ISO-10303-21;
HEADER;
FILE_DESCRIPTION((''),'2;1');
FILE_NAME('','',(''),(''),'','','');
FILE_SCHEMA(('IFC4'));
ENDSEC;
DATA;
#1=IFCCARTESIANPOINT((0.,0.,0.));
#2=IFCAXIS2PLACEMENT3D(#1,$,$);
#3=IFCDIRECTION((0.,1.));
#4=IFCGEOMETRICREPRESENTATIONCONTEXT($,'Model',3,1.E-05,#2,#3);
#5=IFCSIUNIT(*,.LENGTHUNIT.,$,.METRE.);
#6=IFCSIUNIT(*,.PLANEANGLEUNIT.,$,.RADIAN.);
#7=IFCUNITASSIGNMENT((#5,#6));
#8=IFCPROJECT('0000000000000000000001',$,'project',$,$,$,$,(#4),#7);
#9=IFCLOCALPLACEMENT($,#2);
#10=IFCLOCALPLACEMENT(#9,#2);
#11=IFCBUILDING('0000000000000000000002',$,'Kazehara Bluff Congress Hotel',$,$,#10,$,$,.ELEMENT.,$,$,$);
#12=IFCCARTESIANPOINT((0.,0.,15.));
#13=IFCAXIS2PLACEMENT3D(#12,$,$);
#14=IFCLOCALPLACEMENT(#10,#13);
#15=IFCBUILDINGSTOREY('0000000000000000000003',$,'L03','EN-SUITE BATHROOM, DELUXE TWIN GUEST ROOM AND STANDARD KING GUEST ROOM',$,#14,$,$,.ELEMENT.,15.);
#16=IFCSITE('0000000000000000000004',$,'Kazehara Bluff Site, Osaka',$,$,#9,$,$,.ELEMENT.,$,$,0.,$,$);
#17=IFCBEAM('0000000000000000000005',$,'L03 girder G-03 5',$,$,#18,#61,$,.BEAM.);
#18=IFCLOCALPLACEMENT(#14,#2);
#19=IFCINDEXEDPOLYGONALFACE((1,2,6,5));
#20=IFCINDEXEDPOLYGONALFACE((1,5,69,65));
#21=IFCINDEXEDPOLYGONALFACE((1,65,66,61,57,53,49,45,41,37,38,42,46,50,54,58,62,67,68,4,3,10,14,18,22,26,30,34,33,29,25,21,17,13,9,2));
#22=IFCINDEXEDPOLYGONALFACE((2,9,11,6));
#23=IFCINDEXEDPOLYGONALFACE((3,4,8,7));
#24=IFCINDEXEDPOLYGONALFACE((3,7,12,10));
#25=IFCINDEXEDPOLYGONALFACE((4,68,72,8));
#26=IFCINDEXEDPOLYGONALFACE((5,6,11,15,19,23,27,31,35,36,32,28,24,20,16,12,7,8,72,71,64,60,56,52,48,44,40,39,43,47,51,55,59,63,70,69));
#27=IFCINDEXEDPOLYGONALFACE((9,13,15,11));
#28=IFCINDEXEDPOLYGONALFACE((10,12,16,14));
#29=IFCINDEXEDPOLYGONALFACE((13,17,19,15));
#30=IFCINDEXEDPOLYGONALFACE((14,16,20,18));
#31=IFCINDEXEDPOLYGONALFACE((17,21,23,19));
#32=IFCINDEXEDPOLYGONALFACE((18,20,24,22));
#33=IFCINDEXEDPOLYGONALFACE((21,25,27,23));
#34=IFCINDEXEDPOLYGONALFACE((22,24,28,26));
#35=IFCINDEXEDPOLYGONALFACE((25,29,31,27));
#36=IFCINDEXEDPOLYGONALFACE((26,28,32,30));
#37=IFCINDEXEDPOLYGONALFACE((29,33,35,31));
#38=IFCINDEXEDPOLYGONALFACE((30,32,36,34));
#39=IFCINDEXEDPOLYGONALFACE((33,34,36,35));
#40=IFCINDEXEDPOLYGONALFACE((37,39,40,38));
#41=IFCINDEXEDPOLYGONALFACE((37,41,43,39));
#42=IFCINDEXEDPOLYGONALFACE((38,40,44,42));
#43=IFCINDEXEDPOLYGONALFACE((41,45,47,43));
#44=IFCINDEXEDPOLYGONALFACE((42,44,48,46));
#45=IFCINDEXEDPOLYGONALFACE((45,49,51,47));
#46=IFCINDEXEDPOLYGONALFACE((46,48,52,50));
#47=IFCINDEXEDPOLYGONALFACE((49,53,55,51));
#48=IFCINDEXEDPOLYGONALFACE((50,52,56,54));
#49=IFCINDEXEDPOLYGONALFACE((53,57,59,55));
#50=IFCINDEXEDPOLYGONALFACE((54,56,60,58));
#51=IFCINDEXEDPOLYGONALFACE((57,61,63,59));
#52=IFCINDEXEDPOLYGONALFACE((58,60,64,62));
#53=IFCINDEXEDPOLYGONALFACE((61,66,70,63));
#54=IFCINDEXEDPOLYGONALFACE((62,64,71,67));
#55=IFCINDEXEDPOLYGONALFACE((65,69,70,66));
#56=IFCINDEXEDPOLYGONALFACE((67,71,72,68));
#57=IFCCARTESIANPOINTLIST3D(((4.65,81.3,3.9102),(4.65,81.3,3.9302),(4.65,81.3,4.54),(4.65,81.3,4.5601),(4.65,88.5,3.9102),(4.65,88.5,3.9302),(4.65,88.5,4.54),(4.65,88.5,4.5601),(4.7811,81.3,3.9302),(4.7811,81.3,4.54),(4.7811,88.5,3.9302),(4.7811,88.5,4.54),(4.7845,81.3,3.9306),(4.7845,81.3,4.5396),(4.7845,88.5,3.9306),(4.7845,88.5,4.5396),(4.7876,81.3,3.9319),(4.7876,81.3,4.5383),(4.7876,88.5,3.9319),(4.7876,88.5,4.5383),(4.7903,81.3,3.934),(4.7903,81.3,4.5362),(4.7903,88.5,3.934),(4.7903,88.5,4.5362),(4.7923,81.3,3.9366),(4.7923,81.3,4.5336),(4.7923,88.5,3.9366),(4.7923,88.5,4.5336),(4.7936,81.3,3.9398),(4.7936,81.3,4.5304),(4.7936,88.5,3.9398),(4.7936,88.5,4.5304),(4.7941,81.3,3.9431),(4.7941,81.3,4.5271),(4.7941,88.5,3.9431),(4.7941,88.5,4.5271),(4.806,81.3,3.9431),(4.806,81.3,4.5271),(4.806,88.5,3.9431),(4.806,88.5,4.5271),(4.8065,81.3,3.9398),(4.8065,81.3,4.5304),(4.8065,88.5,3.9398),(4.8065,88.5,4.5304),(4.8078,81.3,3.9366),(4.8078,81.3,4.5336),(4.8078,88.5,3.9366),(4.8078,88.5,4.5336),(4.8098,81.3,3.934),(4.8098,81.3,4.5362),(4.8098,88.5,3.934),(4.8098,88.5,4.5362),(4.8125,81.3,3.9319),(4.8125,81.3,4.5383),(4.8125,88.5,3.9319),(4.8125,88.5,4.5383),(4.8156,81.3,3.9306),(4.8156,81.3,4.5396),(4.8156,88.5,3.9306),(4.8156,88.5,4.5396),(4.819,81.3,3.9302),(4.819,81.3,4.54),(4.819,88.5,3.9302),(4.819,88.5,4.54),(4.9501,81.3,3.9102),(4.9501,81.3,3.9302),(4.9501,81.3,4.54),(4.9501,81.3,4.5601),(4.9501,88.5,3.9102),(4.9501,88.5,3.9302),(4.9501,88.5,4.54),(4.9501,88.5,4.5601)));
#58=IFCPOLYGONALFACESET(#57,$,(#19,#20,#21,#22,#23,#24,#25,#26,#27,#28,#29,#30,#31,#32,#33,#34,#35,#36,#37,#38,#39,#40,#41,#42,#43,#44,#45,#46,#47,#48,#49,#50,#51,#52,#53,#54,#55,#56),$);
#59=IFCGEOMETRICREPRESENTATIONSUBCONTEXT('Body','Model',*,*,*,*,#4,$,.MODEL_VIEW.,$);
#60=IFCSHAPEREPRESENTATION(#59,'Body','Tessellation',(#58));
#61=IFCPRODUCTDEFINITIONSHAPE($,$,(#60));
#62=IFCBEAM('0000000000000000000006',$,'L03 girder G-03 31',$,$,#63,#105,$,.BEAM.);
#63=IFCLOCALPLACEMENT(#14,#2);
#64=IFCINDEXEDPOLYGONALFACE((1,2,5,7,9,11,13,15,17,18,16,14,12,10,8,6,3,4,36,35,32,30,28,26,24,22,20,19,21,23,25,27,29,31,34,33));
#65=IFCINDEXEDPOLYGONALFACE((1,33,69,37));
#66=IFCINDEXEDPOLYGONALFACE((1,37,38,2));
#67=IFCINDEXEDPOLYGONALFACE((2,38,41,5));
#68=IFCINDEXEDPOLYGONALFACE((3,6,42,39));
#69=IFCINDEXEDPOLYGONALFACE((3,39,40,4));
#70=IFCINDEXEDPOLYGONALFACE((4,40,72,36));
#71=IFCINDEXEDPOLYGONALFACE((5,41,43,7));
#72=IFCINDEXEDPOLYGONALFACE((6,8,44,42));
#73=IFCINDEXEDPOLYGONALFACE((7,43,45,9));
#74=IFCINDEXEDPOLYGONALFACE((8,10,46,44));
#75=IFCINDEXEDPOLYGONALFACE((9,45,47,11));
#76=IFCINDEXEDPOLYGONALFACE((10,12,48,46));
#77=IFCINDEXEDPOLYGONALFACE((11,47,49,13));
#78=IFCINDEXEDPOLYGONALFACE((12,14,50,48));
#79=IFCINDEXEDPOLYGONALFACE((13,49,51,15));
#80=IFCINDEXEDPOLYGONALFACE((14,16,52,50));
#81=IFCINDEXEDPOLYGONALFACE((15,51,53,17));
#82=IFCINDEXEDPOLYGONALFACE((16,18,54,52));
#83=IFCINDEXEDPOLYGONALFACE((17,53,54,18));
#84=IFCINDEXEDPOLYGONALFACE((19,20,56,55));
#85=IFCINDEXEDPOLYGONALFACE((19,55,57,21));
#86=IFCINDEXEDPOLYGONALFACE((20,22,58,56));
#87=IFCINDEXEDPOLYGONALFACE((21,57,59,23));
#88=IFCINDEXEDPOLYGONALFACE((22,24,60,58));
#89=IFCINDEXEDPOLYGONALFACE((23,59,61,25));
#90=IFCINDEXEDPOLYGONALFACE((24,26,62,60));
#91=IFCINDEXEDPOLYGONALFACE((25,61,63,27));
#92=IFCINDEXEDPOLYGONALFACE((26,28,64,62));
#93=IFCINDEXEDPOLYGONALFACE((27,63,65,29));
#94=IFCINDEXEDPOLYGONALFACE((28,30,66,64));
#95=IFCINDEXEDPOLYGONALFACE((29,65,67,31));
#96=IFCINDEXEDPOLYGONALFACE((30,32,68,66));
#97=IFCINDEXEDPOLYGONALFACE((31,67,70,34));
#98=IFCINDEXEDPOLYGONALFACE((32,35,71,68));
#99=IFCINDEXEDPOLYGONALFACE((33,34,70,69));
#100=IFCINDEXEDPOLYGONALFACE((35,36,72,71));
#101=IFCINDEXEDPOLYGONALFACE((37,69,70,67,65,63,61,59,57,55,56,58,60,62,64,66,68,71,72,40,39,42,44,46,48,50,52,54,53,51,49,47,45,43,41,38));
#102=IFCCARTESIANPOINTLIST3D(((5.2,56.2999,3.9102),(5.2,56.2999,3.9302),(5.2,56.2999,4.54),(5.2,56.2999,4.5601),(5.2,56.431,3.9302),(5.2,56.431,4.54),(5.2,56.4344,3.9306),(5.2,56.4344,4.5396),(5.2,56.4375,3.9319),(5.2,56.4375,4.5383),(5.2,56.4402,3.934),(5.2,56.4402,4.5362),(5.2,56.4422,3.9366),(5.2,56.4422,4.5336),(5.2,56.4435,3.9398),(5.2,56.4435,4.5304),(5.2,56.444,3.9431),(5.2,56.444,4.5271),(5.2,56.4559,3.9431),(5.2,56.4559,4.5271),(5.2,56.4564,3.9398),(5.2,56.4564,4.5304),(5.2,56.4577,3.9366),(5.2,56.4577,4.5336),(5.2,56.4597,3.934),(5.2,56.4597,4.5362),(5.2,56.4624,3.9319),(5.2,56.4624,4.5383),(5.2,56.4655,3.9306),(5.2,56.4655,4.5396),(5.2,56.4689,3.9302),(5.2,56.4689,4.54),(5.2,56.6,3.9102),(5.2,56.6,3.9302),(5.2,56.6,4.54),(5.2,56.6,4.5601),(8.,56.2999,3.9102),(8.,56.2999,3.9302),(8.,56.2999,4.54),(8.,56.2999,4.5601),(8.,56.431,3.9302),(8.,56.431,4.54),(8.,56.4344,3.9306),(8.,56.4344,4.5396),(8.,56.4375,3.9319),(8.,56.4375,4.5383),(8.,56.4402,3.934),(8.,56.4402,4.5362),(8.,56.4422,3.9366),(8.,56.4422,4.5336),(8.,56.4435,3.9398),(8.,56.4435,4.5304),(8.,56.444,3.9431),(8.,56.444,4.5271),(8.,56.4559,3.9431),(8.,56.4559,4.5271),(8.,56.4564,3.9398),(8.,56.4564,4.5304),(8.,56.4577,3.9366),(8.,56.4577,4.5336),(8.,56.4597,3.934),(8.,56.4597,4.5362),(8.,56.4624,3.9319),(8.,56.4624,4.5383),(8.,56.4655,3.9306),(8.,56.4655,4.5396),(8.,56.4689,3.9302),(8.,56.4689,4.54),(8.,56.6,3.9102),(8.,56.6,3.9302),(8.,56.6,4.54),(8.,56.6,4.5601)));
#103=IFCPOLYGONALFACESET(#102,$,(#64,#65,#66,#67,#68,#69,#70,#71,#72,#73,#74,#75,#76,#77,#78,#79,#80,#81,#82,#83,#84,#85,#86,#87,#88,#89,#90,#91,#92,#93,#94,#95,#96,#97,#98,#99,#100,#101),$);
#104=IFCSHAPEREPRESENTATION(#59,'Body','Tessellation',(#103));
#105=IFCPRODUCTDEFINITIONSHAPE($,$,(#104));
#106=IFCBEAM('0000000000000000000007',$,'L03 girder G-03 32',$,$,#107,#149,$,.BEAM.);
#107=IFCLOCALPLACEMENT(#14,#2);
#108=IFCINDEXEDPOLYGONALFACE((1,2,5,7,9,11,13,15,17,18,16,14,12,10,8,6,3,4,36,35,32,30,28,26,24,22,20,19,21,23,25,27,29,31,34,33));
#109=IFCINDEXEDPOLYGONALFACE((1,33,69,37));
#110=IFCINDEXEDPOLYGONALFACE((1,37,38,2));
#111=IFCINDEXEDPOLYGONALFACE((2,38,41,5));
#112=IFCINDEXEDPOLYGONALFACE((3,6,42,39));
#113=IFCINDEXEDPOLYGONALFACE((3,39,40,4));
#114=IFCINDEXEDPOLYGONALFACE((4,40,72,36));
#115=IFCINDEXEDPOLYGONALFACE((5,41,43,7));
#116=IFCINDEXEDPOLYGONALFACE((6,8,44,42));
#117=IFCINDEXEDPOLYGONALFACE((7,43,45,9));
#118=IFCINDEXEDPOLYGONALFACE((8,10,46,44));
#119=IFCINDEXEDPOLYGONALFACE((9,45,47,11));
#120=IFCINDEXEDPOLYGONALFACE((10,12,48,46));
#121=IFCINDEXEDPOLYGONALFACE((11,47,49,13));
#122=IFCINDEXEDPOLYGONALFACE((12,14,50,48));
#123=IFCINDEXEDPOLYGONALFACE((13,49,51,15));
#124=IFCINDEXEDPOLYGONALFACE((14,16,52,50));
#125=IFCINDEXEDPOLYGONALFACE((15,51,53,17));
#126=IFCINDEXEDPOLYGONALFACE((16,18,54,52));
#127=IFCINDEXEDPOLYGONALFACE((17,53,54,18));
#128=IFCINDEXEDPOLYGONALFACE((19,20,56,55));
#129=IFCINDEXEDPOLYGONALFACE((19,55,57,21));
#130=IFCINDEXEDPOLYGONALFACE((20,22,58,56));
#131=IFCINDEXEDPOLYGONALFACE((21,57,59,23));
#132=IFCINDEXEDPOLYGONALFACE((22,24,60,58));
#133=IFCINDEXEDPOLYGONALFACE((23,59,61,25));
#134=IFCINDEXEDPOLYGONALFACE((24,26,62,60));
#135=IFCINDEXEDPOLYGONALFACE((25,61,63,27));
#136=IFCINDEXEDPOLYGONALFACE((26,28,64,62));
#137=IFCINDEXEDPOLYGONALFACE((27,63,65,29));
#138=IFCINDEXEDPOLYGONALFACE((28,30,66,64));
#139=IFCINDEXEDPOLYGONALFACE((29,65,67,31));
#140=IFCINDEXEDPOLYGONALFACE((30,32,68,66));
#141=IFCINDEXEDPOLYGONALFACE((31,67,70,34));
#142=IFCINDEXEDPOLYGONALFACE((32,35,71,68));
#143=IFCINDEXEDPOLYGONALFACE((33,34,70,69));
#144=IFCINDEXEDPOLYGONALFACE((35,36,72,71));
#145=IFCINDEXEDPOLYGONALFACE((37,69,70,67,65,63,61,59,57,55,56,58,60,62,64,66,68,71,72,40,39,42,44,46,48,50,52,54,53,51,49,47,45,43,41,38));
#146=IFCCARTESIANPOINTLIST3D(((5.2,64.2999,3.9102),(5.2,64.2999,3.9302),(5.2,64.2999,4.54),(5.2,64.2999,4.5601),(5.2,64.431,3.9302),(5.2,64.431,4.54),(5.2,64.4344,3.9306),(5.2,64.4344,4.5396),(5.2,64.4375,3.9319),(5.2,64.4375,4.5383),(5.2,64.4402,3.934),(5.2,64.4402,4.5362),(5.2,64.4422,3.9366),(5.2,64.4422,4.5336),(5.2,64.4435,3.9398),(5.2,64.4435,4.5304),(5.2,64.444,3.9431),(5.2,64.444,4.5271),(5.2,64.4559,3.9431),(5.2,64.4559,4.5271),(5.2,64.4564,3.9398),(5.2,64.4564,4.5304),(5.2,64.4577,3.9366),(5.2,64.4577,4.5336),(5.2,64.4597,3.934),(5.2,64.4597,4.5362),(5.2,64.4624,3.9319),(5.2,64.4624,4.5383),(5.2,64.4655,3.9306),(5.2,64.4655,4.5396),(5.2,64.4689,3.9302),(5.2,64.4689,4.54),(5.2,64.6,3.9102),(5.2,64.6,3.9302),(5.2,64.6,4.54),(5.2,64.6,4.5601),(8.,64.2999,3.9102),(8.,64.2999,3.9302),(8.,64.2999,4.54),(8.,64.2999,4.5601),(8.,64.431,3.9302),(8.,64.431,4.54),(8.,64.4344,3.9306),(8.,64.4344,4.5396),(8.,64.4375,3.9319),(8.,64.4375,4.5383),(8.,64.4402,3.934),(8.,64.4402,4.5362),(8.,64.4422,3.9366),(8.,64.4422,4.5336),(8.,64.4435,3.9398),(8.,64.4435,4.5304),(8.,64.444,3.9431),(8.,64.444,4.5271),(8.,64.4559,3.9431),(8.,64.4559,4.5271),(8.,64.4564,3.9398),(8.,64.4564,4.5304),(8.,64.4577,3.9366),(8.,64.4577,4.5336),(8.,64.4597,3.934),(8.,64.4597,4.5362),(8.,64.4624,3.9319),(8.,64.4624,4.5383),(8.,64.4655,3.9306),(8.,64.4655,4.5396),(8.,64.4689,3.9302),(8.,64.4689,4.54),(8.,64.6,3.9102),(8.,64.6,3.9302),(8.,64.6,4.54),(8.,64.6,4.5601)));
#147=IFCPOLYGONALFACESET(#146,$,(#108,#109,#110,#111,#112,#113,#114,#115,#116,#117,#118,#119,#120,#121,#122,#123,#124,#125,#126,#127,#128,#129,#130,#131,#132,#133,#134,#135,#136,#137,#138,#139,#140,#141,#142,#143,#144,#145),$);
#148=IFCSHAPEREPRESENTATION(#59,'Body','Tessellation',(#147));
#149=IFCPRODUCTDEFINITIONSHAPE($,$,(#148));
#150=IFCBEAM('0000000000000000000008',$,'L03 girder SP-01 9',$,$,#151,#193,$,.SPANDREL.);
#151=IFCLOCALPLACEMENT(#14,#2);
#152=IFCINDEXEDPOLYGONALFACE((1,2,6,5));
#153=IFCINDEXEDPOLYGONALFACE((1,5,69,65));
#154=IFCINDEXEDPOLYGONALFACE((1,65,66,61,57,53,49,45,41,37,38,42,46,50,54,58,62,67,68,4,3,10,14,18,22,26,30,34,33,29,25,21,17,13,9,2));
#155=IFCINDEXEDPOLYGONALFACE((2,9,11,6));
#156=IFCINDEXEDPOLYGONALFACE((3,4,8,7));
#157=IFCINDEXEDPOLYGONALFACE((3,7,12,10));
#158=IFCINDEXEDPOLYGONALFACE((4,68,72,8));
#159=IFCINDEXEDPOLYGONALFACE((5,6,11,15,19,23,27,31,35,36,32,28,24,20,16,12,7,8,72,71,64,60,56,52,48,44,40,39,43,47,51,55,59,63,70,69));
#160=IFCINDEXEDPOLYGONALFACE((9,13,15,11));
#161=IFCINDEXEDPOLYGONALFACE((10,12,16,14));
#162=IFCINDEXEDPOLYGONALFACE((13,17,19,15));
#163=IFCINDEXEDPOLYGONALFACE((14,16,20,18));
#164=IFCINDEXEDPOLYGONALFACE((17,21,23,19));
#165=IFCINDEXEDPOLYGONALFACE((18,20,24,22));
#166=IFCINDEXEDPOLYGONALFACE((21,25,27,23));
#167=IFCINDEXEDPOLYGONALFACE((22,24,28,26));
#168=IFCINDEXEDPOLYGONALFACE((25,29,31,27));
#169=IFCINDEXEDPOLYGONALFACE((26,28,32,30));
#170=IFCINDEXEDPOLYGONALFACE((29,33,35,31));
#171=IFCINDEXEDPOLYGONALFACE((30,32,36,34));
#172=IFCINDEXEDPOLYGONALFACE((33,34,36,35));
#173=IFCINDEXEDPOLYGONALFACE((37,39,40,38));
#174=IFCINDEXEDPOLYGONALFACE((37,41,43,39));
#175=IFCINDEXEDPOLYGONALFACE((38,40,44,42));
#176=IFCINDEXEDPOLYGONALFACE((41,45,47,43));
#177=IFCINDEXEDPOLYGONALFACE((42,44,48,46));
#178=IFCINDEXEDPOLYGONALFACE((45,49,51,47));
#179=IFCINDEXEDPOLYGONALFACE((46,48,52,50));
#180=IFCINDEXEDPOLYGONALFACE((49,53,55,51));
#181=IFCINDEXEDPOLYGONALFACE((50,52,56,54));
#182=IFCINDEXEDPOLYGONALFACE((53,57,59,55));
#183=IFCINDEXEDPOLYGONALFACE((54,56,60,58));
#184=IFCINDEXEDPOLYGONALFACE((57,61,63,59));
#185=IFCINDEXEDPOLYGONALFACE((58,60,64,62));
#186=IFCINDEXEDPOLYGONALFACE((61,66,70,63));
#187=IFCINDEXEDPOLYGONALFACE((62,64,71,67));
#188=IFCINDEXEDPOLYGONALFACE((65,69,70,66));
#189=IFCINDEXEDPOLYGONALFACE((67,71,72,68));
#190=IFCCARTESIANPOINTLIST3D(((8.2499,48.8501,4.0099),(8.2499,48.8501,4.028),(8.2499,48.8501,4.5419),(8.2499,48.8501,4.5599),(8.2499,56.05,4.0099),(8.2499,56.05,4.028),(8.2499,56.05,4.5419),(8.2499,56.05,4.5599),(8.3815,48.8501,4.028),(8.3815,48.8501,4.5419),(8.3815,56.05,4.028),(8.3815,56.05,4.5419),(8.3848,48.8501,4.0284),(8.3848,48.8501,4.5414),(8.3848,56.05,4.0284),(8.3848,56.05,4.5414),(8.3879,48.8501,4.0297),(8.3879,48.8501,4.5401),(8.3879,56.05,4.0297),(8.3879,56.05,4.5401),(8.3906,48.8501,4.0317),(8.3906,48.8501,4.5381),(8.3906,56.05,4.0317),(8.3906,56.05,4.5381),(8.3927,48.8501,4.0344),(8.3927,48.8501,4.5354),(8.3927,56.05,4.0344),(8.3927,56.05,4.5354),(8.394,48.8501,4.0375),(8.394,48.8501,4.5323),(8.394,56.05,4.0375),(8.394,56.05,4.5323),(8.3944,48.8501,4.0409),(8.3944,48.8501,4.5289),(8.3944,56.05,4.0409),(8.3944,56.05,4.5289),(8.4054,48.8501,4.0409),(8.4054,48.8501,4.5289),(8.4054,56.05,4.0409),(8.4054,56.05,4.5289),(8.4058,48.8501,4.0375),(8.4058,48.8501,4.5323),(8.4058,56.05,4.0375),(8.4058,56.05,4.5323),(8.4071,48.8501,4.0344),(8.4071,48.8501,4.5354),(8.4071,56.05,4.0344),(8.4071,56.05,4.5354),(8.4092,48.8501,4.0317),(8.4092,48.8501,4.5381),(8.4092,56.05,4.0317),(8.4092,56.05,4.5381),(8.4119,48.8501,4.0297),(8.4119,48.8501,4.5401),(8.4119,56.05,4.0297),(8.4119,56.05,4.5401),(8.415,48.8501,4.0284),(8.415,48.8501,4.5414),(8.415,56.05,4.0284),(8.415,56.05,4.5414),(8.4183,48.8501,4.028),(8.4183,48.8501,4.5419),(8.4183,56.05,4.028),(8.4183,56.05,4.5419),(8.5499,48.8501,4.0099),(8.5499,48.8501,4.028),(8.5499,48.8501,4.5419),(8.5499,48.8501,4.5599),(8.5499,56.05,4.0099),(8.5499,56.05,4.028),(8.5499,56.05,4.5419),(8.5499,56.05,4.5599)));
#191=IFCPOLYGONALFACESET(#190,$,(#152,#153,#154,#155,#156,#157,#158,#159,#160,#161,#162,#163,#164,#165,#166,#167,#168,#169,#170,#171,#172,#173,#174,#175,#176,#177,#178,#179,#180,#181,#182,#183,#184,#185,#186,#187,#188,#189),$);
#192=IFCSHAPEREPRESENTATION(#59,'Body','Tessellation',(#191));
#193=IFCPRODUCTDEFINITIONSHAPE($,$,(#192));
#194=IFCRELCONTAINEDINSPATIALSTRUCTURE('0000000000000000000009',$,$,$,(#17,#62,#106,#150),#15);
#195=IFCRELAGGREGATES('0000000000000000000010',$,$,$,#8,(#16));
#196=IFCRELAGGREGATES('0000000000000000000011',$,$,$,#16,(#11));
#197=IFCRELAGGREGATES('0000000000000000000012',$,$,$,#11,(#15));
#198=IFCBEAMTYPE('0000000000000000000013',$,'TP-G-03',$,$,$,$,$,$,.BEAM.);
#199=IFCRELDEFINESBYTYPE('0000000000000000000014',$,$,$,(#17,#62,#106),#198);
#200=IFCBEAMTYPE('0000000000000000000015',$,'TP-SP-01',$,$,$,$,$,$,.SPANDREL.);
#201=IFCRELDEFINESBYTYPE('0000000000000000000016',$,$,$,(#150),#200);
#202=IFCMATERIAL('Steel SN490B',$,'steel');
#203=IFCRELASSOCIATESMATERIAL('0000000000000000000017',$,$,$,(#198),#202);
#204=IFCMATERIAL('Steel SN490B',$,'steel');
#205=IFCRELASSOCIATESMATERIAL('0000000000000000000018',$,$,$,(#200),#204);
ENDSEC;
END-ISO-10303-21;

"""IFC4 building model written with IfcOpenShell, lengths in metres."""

from ifc_helpers import new_model, si_unit, direction, frame, origin, origin_2d, place, context, subcontext, project, spatial, i_section, extrude, material, material_profile, profile_set, type_object, element, save


model = new_model("IFC4")

# Units and contexts
model_context = context("Model", 3, precision=1e-05, world=origin(), true_north=direction((0.0, 1.0)))
body_context = subcontext(model_context, "Body", "Model", "MODEL_VIEW")
ifc_project = project(units=[si_unit("LENGTHUNIT", "METRE"), si_unit("PLANEANGLEUNIT", "RADIAN")], contexts=[model_context])

# Site, building, storey
site_placement = place(None, origin())
site = spatial("IfcSite", under=ifc_project, at=site_placement, Name="Kazehara Bluff Site, Osaka", CompositionType="ELEMENT", RefElevation=0.0)
building_placement = place(site_placement, origin())
building = spatial("IfcBuilding", under=site, at=building_placement, Name="Kazehara Bluff Congress Hotel", CompositionType="ELEMENT")
storey_placement = place(building_placement, frame((0.0, 0.0, 15.0)))
storey = spatial("IfcBuildingStorey", under=building, at=storey_placement, Name="L03", Description="EN-SUITE BATHROOM, DELUXE TWIN GUEST ROOM AND STANDARD KING GUEST ROOM", CompositionType="ELEMENT", Elevation=15.0)

# Beams
ifc_material_1 = material(Name="Steel SN490B", Category="steel")
ifc_material_profile_1 = material_profile(ifc_material_1, i_section(OverallWidth=0.3, OverallDepth=0.6499, WebThickness=0.012, FlangeThickness=0.02, FilletRadius=0.0129, at=origin_2d()))
ifc_profile_set_1 = profile_set([ifc_material_profile_1], Name="Steel SN490B")
beam_type_1 = type_object("IfcBeamType", Name="TP-G-03", PredefinedType="BEAM", material=ifc_profile_set_1)
beam_1_placement = place(storey_placement, frame((4.8, 81.3, 4.2351), z_axis=(0.0, 1.0, 0.0), x_axis=(-1.0, 0.0, 0.0)))
element("IfcBeam", 1, at=beam_1_placement, inside=storey, type_object=beam_type_1, Name="L03 girder G-03 5", PredefinedType="BEAM", context=body_context, shape_type="SweptSolid", body=[
    extrude(i_section(OverallWidth=0.3, OverallDepth=0.6499, WebThickness=0.012, FlangeThickness=0.02, FilletRadius=0.0129, at=origin_2d()), origin(), (0.0, 0.0, 1.0), 7.2),
])
for number, where, z_axis, x_axis, name in (
    (2, (5.2, 56.45, 4.2351), (1.0, 0.0, 0.0), (0.0, 1.0, 0.0), "L03 girder G-03 31"),
    (3, (5.2, 64.45, 4.2351), (1.0, 0.0, 0.0), (0.0, 1.0, 0.0), "L03 girder G-03 32"),
):
    element("IfcBeam", number, at=place(storey_placement, frame(where, z_axis=z_axis, x_axis=x_axis)), inside=storey, type_object=beam_type_1, Name=name, PredefinedType="BEAM", context=body_context, shape_type="SweptSolid", body=[
        extrude(i_section(OverallWidth=0.3, OverallDepth=0.6499, WebThickness=0.012, FlangeThickness=0.02, FilletRadius=0.0129, at=origin_2d()), origin(), (0.0, 0.0, 1.0), 2.8),
    ])
ifc_material_2 = material(Name="Steel SN490B", Category="steel")
ifc_material_profile_2 = material_profile(ifc_material_2, i_section(OverallWidth=0.3, OverallDepth=0.55, WebThickness=0.011, FlangeThickness=0.0181, FilletRadius=0.0129, at=origin_2d()))
ifc_profile_set_2 = profile_set([ifc_material_profile_2], Name="Steel SN490B")
beam_type_2 = type_object("IfcBeamType", Name="TP-SP-01", PredefinedType="SPANDREL", material=ifc_profile_set_2)
for number, where, z_axis, x_axis, name in (
    (4, (8.3999, 48.8501, 4.2849), (0.0, 1.0, 0.0), (-1.0, 0.0, 0.0), "L03 girder SP-01 9"),
):
    element("IfcBeam", number, at=place(storey_placement, frame(where, z_axis=z_axis, x_axis=x_axis)), inside=storey, type_object=beam_type_2, Name=name, PredefinedType="SPANDREL", context=body_context, shape_type="SweptSolid", body=[
        extrude(i_section(OverallWidth=0.3, OverallDepth=0.55, WebThickness=0.011, FlangeThickness=0.0181, FilletRadius=0.0129, at=origin_2d()), origin(), (0.0, 0.0, 1.0), 7.2),
    ])

save(model, "model.ifc")
